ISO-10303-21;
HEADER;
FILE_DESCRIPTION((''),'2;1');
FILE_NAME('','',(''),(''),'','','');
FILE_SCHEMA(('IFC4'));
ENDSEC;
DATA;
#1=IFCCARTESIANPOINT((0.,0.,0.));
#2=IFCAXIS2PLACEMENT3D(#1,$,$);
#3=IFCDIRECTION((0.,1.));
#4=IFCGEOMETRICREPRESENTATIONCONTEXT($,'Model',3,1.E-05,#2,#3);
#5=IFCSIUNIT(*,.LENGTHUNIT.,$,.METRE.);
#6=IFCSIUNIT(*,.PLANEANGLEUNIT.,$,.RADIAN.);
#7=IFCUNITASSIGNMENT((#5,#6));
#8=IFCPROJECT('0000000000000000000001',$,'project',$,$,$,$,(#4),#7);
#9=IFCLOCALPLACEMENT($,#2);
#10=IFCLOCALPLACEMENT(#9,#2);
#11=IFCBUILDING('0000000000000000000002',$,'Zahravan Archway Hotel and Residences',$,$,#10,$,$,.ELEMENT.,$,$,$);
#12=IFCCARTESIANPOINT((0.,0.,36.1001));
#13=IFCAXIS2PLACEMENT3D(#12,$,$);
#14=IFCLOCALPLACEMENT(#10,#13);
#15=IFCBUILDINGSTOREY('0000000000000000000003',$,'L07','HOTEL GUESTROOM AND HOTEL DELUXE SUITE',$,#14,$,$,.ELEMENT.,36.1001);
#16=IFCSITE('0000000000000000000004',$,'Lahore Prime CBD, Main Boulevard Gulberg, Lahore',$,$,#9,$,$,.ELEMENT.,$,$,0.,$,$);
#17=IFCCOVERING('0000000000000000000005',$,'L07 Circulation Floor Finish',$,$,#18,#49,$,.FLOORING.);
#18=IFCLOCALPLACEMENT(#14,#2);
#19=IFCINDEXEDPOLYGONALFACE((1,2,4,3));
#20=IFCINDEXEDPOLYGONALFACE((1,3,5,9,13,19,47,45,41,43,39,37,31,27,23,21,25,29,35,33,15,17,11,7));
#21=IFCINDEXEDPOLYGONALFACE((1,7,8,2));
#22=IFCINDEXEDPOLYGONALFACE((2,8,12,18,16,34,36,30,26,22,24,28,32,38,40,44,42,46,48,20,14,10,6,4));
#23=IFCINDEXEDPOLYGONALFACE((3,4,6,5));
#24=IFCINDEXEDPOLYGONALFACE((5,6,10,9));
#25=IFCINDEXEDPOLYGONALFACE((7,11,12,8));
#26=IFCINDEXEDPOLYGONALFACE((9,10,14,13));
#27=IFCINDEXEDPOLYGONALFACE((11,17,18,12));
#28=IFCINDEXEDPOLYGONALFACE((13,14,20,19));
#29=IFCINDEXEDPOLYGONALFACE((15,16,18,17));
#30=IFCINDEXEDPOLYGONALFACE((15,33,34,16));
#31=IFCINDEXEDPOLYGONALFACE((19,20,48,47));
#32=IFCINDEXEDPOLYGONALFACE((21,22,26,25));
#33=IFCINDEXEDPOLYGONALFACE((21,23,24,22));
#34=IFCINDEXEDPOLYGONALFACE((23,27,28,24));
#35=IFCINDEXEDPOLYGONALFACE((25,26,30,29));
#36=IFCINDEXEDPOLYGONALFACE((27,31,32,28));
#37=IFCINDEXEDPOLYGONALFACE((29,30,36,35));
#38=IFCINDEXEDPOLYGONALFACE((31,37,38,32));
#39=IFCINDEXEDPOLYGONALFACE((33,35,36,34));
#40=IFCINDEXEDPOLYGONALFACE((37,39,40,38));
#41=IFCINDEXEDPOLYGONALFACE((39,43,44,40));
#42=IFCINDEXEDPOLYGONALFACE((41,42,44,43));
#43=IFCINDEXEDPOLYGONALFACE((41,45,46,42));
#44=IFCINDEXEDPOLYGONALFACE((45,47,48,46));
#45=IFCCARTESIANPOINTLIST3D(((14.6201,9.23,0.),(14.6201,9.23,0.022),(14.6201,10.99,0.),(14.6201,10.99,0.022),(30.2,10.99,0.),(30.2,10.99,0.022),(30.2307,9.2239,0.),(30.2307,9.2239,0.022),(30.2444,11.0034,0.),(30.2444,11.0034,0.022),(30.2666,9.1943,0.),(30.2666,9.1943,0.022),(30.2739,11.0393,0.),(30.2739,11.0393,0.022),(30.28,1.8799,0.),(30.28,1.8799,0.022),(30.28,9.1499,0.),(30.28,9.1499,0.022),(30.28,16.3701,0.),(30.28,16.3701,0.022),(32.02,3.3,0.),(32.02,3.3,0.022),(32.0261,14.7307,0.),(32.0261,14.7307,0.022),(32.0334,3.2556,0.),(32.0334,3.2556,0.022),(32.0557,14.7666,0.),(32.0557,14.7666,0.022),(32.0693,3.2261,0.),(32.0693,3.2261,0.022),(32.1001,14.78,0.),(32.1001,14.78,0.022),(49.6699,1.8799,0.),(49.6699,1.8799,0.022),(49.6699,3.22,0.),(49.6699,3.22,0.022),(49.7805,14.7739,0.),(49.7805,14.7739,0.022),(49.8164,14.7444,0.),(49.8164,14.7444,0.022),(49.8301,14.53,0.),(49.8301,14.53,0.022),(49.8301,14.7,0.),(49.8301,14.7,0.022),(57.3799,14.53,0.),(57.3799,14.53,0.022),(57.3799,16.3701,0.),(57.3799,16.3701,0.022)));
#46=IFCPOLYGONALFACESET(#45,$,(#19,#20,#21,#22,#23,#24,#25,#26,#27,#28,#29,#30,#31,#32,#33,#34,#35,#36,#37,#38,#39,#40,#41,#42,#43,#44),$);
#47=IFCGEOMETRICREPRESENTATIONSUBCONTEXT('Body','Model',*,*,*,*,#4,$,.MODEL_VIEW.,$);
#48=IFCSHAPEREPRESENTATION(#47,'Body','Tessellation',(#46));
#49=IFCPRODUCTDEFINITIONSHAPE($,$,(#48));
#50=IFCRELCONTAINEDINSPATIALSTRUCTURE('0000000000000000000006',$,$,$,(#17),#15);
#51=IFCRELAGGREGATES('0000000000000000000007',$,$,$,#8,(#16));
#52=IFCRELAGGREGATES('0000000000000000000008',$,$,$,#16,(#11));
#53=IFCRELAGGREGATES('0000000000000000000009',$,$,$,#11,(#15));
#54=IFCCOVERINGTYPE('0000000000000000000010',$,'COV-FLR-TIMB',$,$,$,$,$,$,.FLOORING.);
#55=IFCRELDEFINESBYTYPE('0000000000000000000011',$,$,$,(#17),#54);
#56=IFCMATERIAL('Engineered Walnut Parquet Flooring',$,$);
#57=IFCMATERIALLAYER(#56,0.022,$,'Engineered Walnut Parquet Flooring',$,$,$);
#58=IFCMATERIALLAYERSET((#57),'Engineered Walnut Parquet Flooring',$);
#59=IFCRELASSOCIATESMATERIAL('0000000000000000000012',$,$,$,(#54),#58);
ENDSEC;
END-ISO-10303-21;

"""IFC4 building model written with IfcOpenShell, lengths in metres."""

from ifc_helpers import new_model, si_unit, direction, frame, origin, place, context, subcontext, project, spatial, polyline, outline, extrude, material, layer, layer_set, type_object, element, save


model = new_model("IFC4")

# Units and contexts
model_context = context("Model", 3, precision=1e-05, world=origin(), true_north=direction((0.0, 1.0)))
body_context = subcontext(model_context, "Body", "Model", "MODEL_VIEW")
ifc_project = project(units=[si_unit("LENGTHUNIT", "METRE"), si_unit("PLANEANGLEUNIT", "RADIAN")], contexts=[model_context])

# Site, building, storey
site_placement = place(None, origin())
site = spatial("IfcSite", under=ifc_project, at=site_placement, Name="Lahore Prime CBD, Main Boulevard Gulberg, Lahore", CompositionType="ELEMENT", RefElevation=0.0)
building_placement = place(site_placement, origin())
building = spatial("IfcBuilding", under=site, at=building_placement, Name="Zahravan Archway Hotel and Residences", CompositionType="ELEMENT")
storey_placement = place(building_placement, frame((0.0, 0.0, 36.1001)))
storey = spatial("IfcBuildingStorey", under=building, at=storey_placement, Name="L07", Description="HOTEL GUESTROOM AND HOTEL DELUXE SUITE", CompositionType="ELEMENT", Elevation=36.1001)

# Covering
ifc_material_1 = material(Name="Engineered Walnut Parquet Flooring")
ifc_layer_1 = layer(ifc_material_1, 0.022, Name="Engineered Walnut Parquet Flooring")
ifc_layer_set_1 = layer_set([ifc_layer_1], Name="Engineered Walnut Parquet Flooring")
covering_type = type_object("IfcCoveringType", Name="COV-FLR-TIMB", PredefinedType="FLOORING", material=ifc_layer_set_1)
covering_placement = place(storey_placement, origin())
element("IfcCovering", 1, at=covering_placement, inside=storey, type_object=covering_type, Name="L07 Circulation Floor Finish", PredefinedType="FLOORING", context=body_context, shape_type="SweptSolid", body=[
    extrude(outline(polyline([(57.3799, 14.53), (49.8301, 14.53), (49.8301, 14.7), (49.8164, 14.7444), (49.7805, 14.7739), (32.1001, 14.78), (32.0557, 14.7666), (32.0261, 14.7307), (32.02, 3.3), (32.0334, 3.2556), (32.0693, 3.2261), (49.6699, 3.22), (49.6699, 1.8799), (30.28, 1.8799), (30.28, 9.1499), (30.2666, 9.1943), (30.2307, 9.2239), (14.6201, 9.23), (14.6201, 10.99), (30.2, 10.99), (30.2444, 11.0034), (30.2739, 11.0393), (30.28, 16.3701), (57.3799, 16.3701), (57.3799, 14.53)])), origin(), (0.0, 0.0, 1.0), 0.022),
])

save(model, "model.ifc")
